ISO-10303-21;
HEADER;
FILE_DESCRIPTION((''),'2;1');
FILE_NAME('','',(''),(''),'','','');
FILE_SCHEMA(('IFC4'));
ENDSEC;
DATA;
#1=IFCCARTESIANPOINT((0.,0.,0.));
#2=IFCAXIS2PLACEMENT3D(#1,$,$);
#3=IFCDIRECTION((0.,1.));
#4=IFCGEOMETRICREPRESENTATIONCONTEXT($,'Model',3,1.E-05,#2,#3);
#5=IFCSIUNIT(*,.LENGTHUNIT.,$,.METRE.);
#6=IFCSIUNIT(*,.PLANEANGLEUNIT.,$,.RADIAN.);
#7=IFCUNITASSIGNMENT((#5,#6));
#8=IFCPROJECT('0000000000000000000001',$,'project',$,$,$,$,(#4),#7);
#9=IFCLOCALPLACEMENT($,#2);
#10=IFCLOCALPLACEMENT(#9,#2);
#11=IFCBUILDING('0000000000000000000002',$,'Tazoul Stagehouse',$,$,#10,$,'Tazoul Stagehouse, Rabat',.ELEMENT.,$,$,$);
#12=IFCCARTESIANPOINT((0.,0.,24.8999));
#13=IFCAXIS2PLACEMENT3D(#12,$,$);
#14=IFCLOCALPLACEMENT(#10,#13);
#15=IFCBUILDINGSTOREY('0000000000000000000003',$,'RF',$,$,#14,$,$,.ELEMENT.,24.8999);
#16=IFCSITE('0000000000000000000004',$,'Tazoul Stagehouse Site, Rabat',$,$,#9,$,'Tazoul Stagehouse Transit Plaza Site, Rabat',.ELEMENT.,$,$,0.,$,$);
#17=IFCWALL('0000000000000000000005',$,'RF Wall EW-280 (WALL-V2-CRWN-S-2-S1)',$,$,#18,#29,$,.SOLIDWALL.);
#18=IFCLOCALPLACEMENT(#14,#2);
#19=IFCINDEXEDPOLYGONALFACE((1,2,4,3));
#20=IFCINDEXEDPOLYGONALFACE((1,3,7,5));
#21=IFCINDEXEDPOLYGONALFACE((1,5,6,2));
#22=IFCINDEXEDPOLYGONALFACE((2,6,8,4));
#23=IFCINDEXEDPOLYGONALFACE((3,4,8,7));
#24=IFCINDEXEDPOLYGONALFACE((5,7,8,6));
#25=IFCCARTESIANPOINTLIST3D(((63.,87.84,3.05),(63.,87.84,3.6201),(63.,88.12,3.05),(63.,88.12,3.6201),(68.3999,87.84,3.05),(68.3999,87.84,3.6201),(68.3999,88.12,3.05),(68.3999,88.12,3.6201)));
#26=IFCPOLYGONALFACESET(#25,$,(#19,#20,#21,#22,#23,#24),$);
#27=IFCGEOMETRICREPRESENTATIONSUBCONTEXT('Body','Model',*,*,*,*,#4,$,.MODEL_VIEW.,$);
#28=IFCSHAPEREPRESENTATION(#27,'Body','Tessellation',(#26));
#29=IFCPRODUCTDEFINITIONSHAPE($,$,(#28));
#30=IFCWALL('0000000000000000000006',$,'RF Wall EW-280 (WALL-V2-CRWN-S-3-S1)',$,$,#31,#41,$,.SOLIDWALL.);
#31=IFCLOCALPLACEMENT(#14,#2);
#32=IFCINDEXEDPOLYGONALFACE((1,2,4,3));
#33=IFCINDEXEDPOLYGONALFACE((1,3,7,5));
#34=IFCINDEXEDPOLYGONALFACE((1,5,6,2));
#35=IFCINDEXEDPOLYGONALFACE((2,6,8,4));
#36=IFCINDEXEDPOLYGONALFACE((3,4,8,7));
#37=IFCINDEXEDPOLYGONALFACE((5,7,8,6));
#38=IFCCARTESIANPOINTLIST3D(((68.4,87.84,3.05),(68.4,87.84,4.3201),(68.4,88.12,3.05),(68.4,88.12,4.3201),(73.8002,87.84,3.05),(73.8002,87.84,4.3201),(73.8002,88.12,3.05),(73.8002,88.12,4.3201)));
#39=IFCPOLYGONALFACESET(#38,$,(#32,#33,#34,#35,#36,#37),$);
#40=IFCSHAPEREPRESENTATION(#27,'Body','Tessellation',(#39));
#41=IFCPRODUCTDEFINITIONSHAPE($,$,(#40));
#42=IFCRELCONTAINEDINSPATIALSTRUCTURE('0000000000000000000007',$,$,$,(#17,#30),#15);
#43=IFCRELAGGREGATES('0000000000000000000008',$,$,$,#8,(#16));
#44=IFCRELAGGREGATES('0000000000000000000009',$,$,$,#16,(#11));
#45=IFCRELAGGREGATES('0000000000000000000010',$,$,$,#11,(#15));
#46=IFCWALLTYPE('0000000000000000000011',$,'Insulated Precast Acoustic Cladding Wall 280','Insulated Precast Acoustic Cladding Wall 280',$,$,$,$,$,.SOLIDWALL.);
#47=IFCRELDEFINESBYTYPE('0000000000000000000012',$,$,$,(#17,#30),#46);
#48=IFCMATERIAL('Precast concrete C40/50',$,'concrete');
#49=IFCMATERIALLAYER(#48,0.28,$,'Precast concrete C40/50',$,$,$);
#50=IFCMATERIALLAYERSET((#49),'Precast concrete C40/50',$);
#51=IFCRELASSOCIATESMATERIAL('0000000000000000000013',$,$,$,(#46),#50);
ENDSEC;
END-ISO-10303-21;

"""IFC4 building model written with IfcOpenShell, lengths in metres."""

from ifc_helpers import new_model, si_unit, direction, frame, frame_2d, origin, place, context, subcontext, project, spatial, rectangle, extrude, material, layer, layer_set, type_object, element, save


model = new_model("IFC4")

# Units and contexts
model_context = context("Model", 3, precision=1e-05, world=origin(), true_north=direction((0.0, 1.0)))
body_context = subcontext(model_context, "Body", "Model", "MODEL_VIEW")
ifc_project = project(units=[si_unit("LENGTHUNIT", "METRE"), si_unit("PLANEANGLEUNIT", "RADIAN")], contexts=[model_context])

# Site, building, storey
site_placement = place(None, origin())
site = spatial("IfcSite", under=ifc_project, at=site_placement, Name="Tazoul Stagehouse Site, Rabat", LongName="Tazoul Stagehouse Transit Plaza Site, Rabat", CompositionType="ELEMENT", RefElevation=0.0)
building_placement = place(site_placement, origin())
building = spatial("IfcBuilding", under=site, at=building_placement, Name="Tazoul Stagehouse", LongName="Tazoul Stagehouse, Rabat", CompositionType="ELEMENT")
storey_placement = place(building_placement, frame((0.0, 0.0, 24.8999)))
storey = spatial("IfcBuildingStorey", under=building, at=storey_placement, Name="RF", CompositionType="ELEMENT", Elevation=24.8999)

# Walls
ifc_material_1 = material(Name="Precast concrete C40/50", Category="concrete")
ifc_layer_1 = layer(ifc_material_1, 0.28, Name="Precast concrete C40/50")
ifc_layer_set_1 = layer_set([ifc_layer_1], Name="Precast concrete C40/50")
wall_type = type_object("IfcWallType", Name="Insulated Precast Acoustic Cladding Wall 280", Description="Insulated Precast Acoustic Cladding Wall 280", PredefinedType="SOLIDWALL", material=ifc_layer_set_1)
wall_1_placement = place(storey_placement, frame((63.0, 87.98, 3.05), z_axis=(0.0, 0.0, 1.0), x_axis=(1.0, 0.0, 0.0)))
element("IfcWall", 1, at=wall_1_placement, inside=storey, type_object=wall_type, Name="RF Wall EW-280 (WALL-V2-CRWN-S-2-S1)", PredefinedType="SOLIDWALL", context=body_context, shape_type="SweptSolid", body=[
    extrude(rectangle(XDim=5.3999, YDim=0.28, at=frame_2d((2.7, 0.0))), origin(), (0.0, 0.0, 1.0), 0.5701),
])
wall_2_placement = place(storey_placement, frame((68.3999, 87.98, 3.05), z_axis=(0.0, 0.0, 1.0), x_axis=(1.0, 0.0, 0.0)))
element("IfcWall", 2, at=wall_2_placement, inside=storey, type_object=wall_type, Name="RF Wall EW-280 (WALL-V2-CRWN-S-3-S1)", PredefinedType="SOLIDWALL", context=body_context, shape_type="SweptSolid", body=[
    extrude(rectangle(XDim=5.4001, YDim=0.28, at=frame_2d((2.7002, 0.0))), origin(), (0.0, 0.0, 1.0), 1.27),
])

save(model, "model.ifc")
